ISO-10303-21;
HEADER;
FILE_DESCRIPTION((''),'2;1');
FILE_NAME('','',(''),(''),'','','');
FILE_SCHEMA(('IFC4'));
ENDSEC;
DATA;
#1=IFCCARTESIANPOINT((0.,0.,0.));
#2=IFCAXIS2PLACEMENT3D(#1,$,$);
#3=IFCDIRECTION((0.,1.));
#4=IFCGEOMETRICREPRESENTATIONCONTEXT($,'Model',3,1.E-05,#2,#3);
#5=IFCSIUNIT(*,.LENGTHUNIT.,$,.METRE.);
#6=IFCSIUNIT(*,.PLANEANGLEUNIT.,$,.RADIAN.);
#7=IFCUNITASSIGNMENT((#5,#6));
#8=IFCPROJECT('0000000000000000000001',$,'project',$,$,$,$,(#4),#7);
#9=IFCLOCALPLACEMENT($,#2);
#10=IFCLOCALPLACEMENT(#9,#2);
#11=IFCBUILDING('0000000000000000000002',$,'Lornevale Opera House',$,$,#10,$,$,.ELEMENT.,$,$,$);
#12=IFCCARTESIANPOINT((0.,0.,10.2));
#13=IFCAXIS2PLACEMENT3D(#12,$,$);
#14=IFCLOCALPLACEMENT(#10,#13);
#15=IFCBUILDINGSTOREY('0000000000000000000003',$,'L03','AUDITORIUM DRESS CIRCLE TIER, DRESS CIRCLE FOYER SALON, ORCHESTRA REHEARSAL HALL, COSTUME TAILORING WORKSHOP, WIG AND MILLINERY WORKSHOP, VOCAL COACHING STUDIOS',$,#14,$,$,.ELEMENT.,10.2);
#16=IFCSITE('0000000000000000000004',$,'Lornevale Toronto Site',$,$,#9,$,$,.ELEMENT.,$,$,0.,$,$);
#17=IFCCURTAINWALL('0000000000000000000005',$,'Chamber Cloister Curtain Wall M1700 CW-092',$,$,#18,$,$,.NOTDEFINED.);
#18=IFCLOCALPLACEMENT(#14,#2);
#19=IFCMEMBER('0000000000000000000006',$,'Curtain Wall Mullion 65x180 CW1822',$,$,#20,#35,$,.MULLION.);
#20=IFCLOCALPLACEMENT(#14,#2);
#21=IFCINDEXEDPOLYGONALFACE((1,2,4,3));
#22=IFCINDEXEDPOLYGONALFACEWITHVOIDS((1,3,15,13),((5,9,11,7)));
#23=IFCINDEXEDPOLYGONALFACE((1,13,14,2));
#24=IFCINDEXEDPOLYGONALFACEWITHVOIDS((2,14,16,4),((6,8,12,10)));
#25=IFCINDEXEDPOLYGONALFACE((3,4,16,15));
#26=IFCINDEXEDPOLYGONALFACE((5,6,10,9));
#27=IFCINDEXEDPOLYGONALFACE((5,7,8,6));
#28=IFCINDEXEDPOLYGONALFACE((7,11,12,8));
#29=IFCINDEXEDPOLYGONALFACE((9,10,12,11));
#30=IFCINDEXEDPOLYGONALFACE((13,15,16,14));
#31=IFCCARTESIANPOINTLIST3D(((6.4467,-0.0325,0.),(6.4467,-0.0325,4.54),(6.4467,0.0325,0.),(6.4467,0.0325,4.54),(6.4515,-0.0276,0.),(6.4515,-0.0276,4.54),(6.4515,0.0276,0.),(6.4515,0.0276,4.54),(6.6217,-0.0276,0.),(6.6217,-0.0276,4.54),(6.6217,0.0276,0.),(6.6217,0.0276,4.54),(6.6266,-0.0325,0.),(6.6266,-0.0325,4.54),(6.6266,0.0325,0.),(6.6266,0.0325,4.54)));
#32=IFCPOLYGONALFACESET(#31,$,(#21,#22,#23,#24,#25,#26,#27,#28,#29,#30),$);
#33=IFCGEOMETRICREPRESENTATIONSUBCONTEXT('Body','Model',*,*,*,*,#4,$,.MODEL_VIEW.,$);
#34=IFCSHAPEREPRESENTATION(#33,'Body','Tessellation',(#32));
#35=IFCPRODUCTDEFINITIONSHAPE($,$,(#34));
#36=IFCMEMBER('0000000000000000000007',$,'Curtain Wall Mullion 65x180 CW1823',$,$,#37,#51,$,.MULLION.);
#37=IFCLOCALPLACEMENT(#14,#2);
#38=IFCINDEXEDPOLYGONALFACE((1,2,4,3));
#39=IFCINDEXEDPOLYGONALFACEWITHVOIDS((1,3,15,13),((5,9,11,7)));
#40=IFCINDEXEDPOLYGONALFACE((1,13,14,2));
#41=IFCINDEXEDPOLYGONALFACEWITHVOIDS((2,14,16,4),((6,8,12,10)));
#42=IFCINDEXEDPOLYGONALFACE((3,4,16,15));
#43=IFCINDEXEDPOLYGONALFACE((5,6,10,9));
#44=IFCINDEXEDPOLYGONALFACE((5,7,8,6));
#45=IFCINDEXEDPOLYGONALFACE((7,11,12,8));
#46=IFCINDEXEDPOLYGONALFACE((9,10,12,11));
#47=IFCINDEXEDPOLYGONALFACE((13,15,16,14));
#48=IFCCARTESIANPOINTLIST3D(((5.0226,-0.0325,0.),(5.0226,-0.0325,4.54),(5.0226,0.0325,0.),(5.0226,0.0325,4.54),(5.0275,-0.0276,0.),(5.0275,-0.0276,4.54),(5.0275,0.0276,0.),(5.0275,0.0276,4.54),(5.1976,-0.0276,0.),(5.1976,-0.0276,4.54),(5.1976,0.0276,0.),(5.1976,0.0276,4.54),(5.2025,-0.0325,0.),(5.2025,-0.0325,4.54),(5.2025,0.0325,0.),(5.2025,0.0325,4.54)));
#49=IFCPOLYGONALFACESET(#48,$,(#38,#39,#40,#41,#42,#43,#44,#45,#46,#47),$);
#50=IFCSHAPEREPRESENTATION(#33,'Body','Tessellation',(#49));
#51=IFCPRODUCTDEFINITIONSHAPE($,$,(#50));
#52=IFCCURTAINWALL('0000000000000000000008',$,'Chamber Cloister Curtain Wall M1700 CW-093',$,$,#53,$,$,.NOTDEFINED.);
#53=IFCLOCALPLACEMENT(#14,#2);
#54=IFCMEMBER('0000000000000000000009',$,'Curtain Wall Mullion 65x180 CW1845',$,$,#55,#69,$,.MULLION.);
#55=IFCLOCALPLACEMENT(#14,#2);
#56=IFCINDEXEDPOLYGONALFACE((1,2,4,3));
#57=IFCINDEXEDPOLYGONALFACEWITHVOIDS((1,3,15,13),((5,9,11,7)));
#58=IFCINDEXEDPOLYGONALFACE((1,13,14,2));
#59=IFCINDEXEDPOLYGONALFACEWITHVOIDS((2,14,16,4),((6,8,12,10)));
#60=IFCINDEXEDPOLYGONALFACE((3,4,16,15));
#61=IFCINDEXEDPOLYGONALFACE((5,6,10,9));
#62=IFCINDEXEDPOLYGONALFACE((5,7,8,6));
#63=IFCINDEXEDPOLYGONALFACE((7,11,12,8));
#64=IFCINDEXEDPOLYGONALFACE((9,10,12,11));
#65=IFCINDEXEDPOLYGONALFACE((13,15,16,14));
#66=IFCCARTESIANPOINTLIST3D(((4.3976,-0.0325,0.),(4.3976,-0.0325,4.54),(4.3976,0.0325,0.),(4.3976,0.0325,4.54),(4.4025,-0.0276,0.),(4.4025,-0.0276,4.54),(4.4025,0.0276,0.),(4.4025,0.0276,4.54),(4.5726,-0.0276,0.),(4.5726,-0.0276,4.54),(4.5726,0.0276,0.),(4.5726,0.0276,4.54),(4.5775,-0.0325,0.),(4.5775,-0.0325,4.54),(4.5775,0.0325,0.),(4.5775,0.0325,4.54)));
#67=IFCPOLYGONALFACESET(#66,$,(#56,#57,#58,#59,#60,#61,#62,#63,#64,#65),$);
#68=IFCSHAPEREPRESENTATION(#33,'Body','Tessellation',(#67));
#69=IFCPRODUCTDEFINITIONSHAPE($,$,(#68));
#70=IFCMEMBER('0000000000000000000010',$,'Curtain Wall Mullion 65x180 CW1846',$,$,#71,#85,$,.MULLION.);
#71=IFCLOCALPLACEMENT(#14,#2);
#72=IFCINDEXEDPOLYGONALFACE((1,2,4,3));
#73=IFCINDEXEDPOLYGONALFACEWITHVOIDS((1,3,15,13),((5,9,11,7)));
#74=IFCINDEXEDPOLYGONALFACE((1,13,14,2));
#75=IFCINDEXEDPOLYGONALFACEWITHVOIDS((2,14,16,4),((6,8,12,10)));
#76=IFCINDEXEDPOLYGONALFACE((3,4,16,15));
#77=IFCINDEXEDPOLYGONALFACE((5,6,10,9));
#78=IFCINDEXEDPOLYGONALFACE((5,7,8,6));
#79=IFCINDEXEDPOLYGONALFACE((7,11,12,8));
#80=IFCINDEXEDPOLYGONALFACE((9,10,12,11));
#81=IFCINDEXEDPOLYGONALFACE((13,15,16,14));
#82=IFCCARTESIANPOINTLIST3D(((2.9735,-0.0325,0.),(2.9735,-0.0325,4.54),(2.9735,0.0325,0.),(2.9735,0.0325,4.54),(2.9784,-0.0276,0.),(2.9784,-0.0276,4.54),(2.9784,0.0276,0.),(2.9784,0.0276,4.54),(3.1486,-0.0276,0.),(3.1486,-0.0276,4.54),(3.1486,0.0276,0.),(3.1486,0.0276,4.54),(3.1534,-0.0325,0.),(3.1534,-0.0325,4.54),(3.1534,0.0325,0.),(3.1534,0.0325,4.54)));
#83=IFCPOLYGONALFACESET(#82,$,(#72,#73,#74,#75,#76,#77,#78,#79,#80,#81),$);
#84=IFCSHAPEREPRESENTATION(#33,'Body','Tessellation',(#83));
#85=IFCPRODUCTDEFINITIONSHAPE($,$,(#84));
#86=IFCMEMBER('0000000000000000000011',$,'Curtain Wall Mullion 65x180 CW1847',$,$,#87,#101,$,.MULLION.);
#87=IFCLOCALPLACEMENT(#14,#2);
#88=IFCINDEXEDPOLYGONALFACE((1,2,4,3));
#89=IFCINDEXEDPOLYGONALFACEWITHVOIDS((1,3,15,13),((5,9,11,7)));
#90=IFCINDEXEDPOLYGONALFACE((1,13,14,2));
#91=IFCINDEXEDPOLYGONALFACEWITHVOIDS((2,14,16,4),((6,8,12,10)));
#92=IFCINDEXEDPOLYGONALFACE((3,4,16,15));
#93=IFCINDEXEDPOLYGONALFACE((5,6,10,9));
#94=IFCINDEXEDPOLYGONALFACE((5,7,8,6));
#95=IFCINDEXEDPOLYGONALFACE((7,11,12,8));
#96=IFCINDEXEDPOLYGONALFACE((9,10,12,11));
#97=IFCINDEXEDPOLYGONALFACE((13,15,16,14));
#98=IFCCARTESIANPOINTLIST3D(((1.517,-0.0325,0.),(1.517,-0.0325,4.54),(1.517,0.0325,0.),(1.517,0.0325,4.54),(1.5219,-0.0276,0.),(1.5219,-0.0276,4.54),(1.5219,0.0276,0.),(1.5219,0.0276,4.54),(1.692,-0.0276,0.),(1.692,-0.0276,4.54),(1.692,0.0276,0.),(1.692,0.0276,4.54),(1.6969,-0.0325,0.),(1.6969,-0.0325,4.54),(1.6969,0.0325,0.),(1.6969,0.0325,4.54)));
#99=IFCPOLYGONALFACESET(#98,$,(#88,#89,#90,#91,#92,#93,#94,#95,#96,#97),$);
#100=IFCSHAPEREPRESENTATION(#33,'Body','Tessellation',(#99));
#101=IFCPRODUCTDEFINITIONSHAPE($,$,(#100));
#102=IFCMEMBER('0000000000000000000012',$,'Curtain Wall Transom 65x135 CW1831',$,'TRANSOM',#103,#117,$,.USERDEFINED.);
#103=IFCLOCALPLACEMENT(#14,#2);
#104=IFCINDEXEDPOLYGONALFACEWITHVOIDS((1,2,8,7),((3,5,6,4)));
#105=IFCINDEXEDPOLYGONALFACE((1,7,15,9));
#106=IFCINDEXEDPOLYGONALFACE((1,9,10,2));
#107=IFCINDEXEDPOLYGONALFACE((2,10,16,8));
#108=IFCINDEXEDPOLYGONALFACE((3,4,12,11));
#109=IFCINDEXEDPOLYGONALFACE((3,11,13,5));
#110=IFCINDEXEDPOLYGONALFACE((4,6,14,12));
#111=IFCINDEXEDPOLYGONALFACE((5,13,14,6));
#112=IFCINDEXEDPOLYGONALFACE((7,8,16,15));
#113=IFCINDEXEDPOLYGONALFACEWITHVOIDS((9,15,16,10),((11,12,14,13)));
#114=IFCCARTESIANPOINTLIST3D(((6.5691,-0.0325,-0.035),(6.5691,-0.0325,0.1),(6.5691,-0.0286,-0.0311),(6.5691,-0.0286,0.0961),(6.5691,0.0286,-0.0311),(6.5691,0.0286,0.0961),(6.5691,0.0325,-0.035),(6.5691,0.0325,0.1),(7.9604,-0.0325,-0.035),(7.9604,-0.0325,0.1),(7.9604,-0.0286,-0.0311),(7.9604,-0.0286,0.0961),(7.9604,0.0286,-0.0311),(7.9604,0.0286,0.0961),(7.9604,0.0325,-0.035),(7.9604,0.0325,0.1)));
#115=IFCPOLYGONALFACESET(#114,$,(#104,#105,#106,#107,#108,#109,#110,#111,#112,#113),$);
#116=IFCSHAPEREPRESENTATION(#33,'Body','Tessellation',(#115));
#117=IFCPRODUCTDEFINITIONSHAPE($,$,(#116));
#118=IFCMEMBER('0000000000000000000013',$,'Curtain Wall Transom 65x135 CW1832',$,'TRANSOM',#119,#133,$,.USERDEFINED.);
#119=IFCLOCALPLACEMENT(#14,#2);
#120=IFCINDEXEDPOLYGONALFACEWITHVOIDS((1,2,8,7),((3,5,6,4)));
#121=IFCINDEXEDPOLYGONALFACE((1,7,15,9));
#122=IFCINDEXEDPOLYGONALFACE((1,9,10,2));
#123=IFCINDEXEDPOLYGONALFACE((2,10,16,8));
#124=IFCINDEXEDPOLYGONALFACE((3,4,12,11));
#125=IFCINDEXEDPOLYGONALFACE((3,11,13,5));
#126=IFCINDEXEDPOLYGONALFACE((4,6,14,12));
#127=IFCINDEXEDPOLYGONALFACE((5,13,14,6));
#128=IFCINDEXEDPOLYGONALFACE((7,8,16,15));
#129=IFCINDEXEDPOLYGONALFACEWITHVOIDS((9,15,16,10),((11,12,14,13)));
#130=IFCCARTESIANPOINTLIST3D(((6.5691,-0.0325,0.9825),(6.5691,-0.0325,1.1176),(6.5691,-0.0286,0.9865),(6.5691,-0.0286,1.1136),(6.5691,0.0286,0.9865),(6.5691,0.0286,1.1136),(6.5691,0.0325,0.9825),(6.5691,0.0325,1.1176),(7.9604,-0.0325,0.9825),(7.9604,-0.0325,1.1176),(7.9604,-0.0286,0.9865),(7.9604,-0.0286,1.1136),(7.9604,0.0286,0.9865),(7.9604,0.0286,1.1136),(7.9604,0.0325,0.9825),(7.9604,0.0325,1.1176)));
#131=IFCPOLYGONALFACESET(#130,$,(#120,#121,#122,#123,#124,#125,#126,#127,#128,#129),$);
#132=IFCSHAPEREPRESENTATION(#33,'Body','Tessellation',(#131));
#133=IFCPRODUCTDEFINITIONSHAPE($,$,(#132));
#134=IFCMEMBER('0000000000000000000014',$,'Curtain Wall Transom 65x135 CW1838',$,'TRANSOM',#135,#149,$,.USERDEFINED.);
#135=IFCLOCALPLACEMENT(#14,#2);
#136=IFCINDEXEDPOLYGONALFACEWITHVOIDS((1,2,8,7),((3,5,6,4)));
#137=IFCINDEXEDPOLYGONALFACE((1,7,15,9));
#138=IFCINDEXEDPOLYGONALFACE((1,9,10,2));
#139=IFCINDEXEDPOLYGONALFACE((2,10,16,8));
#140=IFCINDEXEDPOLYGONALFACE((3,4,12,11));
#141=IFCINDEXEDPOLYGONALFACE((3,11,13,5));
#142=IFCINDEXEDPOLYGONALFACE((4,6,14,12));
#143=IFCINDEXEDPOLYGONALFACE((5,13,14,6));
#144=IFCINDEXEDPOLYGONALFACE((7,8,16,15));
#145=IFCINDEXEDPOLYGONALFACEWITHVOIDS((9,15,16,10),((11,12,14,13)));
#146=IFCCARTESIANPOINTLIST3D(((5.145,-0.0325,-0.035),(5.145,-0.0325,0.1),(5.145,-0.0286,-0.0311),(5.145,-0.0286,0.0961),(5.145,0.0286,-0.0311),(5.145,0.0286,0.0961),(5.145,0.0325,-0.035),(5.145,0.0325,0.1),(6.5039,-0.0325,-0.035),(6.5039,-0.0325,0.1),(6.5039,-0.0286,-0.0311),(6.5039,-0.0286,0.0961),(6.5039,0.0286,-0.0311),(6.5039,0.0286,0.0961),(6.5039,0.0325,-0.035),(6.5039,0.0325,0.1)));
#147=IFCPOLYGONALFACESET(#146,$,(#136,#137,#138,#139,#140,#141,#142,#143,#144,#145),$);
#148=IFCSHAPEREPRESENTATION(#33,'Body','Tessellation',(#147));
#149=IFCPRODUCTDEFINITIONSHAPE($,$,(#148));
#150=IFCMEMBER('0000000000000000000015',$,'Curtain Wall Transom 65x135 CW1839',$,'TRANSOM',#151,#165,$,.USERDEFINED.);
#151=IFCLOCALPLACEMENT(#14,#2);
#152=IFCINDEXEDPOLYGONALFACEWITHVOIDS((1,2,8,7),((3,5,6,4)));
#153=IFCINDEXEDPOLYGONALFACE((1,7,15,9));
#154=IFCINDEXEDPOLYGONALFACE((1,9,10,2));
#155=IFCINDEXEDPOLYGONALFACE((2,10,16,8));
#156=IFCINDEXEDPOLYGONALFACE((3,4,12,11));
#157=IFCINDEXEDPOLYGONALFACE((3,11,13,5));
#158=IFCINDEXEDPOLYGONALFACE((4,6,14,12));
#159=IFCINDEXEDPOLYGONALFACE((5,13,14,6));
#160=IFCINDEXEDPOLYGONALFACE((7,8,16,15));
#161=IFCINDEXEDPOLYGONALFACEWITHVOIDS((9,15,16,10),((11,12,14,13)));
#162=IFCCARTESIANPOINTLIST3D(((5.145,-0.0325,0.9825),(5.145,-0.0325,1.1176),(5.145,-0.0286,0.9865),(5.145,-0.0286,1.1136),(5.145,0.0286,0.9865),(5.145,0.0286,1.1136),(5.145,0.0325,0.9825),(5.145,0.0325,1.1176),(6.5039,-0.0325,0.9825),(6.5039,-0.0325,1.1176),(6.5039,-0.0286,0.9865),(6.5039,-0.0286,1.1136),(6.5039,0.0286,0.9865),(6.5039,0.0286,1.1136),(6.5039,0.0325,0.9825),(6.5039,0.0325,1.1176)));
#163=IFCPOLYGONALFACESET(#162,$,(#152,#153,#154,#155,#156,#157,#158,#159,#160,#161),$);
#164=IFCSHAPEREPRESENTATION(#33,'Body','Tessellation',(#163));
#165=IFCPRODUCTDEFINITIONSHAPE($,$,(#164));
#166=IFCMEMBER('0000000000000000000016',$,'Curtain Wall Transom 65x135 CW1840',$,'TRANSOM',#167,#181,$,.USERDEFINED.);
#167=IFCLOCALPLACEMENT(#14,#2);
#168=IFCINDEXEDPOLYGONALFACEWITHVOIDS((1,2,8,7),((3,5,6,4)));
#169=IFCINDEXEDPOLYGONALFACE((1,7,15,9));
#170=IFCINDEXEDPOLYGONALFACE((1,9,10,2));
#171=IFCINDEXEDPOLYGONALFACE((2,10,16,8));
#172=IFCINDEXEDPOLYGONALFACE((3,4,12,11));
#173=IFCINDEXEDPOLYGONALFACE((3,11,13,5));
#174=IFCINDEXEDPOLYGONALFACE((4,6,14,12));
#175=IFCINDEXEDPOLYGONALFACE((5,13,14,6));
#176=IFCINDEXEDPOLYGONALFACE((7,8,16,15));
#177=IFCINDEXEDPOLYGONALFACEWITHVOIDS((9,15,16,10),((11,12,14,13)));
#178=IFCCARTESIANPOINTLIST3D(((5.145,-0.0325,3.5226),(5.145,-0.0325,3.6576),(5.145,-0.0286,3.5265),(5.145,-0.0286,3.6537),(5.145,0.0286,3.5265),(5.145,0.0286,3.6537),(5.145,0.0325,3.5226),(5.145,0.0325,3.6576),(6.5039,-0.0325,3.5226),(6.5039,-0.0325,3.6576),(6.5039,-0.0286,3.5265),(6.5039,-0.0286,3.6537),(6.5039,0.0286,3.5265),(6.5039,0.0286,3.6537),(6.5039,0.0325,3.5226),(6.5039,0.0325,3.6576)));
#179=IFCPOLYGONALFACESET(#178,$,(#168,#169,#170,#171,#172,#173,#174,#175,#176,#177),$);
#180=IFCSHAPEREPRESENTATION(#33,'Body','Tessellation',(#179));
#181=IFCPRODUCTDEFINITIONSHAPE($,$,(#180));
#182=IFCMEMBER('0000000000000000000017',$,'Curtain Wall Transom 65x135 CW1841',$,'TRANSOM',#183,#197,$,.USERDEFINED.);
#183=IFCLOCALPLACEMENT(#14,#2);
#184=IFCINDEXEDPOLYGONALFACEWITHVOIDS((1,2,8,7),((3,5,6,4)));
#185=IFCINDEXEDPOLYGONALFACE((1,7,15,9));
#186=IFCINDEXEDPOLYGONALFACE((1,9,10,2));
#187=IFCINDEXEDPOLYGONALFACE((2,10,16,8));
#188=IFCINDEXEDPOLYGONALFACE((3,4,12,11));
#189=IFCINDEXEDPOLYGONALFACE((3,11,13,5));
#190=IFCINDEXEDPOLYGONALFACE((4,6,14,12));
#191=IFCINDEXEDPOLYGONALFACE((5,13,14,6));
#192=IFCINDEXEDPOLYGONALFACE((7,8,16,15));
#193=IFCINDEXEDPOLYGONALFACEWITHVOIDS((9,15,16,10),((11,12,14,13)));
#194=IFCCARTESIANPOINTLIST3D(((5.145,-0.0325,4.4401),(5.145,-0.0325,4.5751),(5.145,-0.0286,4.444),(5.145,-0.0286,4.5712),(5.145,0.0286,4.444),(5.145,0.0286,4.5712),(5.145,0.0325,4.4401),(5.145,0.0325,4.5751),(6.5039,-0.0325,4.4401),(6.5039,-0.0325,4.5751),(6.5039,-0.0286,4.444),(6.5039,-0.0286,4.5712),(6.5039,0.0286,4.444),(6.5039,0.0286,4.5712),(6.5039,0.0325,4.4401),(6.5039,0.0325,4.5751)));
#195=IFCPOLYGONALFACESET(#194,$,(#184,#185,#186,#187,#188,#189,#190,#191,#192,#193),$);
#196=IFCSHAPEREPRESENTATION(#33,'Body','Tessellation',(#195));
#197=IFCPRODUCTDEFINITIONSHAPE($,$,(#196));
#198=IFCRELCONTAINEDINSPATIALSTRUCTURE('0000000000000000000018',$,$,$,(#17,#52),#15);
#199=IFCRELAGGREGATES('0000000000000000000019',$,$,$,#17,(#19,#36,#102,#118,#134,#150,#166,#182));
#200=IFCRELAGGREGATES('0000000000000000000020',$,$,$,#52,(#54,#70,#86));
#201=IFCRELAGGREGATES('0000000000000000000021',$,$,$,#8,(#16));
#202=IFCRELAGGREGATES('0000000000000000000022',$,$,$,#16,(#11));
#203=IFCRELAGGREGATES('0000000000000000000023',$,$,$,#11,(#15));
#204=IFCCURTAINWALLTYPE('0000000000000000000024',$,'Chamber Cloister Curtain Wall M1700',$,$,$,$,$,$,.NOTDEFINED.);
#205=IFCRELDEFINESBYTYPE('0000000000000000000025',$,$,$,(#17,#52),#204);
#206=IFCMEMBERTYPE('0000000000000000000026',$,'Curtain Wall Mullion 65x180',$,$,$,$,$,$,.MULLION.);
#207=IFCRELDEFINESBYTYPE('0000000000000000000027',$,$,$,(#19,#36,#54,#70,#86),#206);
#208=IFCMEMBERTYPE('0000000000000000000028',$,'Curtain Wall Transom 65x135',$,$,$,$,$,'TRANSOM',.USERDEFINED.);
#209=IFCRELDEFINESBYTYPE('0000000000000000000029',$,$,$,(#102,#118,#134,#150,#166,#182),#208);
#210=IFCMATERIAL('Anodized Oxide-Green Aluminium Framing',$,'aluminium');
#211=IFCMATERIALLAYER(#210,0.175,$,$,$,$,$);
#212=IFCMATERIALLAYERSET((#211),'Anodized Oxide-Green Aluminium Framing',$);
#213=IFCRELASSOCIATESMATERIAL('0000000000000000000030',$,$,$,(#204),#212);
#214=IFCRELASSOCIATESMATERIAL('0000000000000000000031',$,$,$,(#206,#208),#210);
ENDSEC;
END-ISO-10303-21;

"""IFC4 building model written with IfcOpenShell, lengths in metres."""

from ifc_helpers import new_model, si_unit, direction, frame, origin, origin_2d, place, context, subcontext, project, spatial, hollow_rectangle, extrude, material, layer, layer_set, material_profile, profile_set, type_object, element, aggregate, save


model = new_model("IFC4")

# Units and contexts
model_context = context("Model", 3, precision=1e-05, world=origin(), true_north=direction((0.0, 1.0)))
body_context = subcontext(model_context, "Body", "Model", "MODEL_VIEW")
ifc_project = project(units=[si_unit("LENGTHUNIT", "METRE"), si_unit("PLANEANGLEUNIT", "RADIAN")], contexts=[model_context])

# Site, building, storey
site_placement = place(None, origin())
site = spatial("IfcSite", under=ifc_project, at=site_placement, Name="Lornevale Toronto Site", CompositionType="ELEMENT", RefElevation=0.0)
building_placement = place(site_placement, origin())
building = spatial("IfcBuilding", under=site, at=building_placement, Name="Lornevale Opera House", CompositionType="ELEMENT")
storey_placement = place(building_placement, frame((0.0, 0.0, 10.2)))
storey = spatial("IfcBuildingStorey", under=building, at=storey_placement, Name="L03", Description="AUDITORIUM DRESS CIRCLE TIER, DRESS CIRCLE FOYER SALON, ORCHESTRA REHEARSAL HALL, COSTUME TAILORING WORKSHOP, WIG AND MILLINERY WORKSHOP, VOCAL COACHING STUDIOS", CompositionType="ELEMENT", Elevation=10.2)

# Curtain walls, members
ifc_material_1 = material(Name="Anodized Oxide-Green Aluminium Framing", Category="aluminium")
ifc_layer_1 = layer(ifc_material_1, 0.175)
ifc_layer_set_1 = layer_set([ifc_layer_1], Name="Anodized Oxide-Green Aluminium Framing")
curtain_wall_type = type_object("IfcCurtainWallType", Name="Chamber Cloister Curtain Wall M1700", PredefinedType="NOTDEFINED", material=ifc_layer_set_1)
curtain_wall_1_placement = place(storey_placement, origin())
curtain_wall_1 = element("IfcCurtainWall", 1, at=curtain_wall_1_placement, inside=storey, type_object=curtain_wall_type, Name="Chamber Cloister Curtain Wall M1700 CW-092", PredefinedType="NOTDEFINED")
ifc_material_profile_1 = material_profile(ifc_material_1, hollow_rectangle(XDim=0.0649, YDim=0.1799, WallThickness=0.0049, at=origin_2d()), Name="ALU65x180x5")
ifc_profile_set_1 = profile_set([ifc_material_profile_1], Name="Anodized Oxide-Green Aluminium Framing")
member_type_1 = type_object("IfcMemberType", Name="Curtain Wall Mullion 65x180", PredefinedType="MULLION", material=ifc_profile_set_1)
member_1_placement = place(storey_placement, frame((6.5366, 0.0, 0.0), z_axis=(0.0, 0.0, 1.0), x_axis=(0.0, -1.0, 0.0)))
member_1 = element("IfcMember", 2, at=member_1_placement, type_object=member_type_1, Name="Curtain Wall Mullion 65x180 CW1822", PredefinedType="MULLION", context=body_context, shape_type="SweptSolid", body=[
    extrude(hollow_rectangle(XDim=0.0649, YDim=0.1799, WallThickness=0.0049, at=origin_2d()), origin(), (0.0, 0.0, 1.0), 4.54),
])
member_2_placement = place(storey_placement, frame((5.1125, 0.0, 0.0), z_axis=(0.0, 0.0, 1.0), x_axis=(0.0, -1.0, 0.0)))
member_2 = element("IfcMember", 3, at=member_2_placement, type_object=member_type_1, Name="Curtain Wall Mullion 65x180 CW1823", PredefinedType="MULLION", context=body_context, shape_type="SweptSolid", body=[
    extrude(hollow_rectangle(XDim=0.0649, YDim=0.1799, WallThickness=0.0049, at=origin_2d()), origin(), (0.0, 0.0, 1.0), 4.54),
])
curtain_wall_2_placement = place(storey_placement, origin())
curtain_wall_2 = element("IfcCurtainWall", 4, at=curtain_wall_2_placement, inside=storey, type_object=curtain_wall_type, Name="Chamber Cloister Curtain Wall M1700 CW-093", PredefinedType="NOTDEFINED")
member_3_placement = place(storey_placement, frame((4.4875, 0.0, 0.0), z_axis=(0.0, 0.0, 1.0), x_axis=(0.0, -1.0, 0.0)))
member_3 = element("IfcMember", 5, at=member_3_placement, type_object=member_type_1, Name="Curtain Wall Mullion 65x180 CW1845", PredefinedType="MULLION", context=body_context, shape_type="SweptSolid", body=[
    extrude(hollow_rectangle(XDim=0.0649, YDim=0.1799, WallThickness=0.0049, at=origin_2d()), origin(), (0.0, 0.0, 1.0), 4.54),
])
member_4_placement = place(storey_placement, frame((3.0635, 0.0, 0.0), z_axis=(0.0, 0.0, 1.0), x_axis=(0.0, -1.0, 0.0)))
member_4 = element("IfcMember", 6, at=member_4_placement, type_object=member_type_1, Name="Curtain Wall Mullion 65x180 CW1846", PredefinedType="MULLION", context=body_context, shape_type="SweptSolid", body=[
    extrude(hollow_rectangle(XDim=0.0649, YDim=0.1799, WallThickness=0.0049, at=origin_2d()), origin(), (0.0, 0.0, 1.0), 4.54),
])
member_5_placement = place(storey_placement, frame((1.6069, 0.0, 0.0), z_axis=(0.0, 0.0, 1.0), x_axis=(0.0, -1.0, 0.0)))
member_5 = element("IfcMember", 7, at=member_5_placement, type_object=member_type_1, Name="Curtain Wall Mullion 65x180 CW1847", PredefinedType="MULLION", context=body_context, shape_type="SweptSolid", body=[
    extrude(hollow_rectangle(XDim=0.0649, YDim=0.1799, WallThickness=0.0049, at=origin_2d()), origin(), (0.0, 0.0, 1.0), 4.54),
])

# Members
ifc_material_profile_2 = material_profile(ifc_material_1, hollow_rectangle(XDim=0.0649, YDim=0.135, WallThickness=0.0039, at=origin_2d()), Name="ALU65x135x4")
ifc_profile_set_2 = profile_set([ifc_material_profile_2], Name="Anodized Oxide-Green Aluminium Framing")
member_type_2 = type_object("IfcMemberType", Name="Curtain Wall Transom 65x135", ElementType="TRANSOM", PredefinedType="USERDEFINED", material=ifc_profile_set_2)
member_6_placement = place(storey_placement, frame((7.9604, 0.0, 0.0325), z_axis=(-1.0, 0.0, 0.0), x_axis=(0.0, -1.0, 0.0)))
member_6 = element("IfcMember", 8, at=member_6_placement, type_object=member_type_2, Name="Curtain Wall Transom 65x135 CW1831", ObjectType="TRANSOM", PredefinedType="USERDEFINED", context=body_context, shape_type="SweptSolid", body=[
    extrude(hollow_rectangle(XDim=0.0649, YDim=0.135, WallThickness=0.0039, at=origin_2d()), origin(), (0.0, 0.0, 1.0), 1.3914),
])
member_7_placement = place(storey_placement, frame((7.9604, 0.0, 1.05), z_axis=(-1.0, 0.0, 0.0), x_axis=(0.0, -1.0, 0.0)))
member_7 = element("IfcMember", 9, at=member_7_placement, type_object=member_type_2, Name="Curtain Wall Transom 65x135 CW1832", ObjectType="TRANSOM", PredefinedType="USERDEFINED", context=body_context, shape_type="SweptSolid", body=[
    extrude(hollow_rectangle(XDim=0.0649, YDim=0.135, WallThickness=0.0039, at=origin_2d()), origin(), (0.0, 0.0, 1.0), 1.3914),
])
member_8_placement = place(storey_placement, frame((6.5039, 0.0, 0.0325), z_axis=(-1.0, 0.0, 0.0), x_axis=(0.0, -1.0, 0.0)))
member_8 = element("IfcMember", 10, at=member_8_placement, type_object=member_type_2, Name="Curtain Wall Transom 65x135 CW1838", ObjectType="TRANSOM", PredefinedType="USERDEFINED", context=body_context, shape_type="SweptSolid", body=[
    extrude(hollow_rectangle(XDim=0.0649, YDim=0.135, WallThickness=0.0039, at=origin_2d()), origin(), (0.0, 0.0, 1.0), 1.3589),
])
member_9_placement = place(storey_placement, frame((6.5039, 0.0, 1.05), z_axis=(-1.0, 0.0, 0.0), x_axis=(0.0, -1.0, 0.0)))
member_9 = element("IfcMember", 11, at=member_9_placement, type_object=member_type_2, Name="Curtain Wall Transom 65x135 CW1839", ObjectType="TRANSOM", PredefinedType="USERDEFINED", context=body_context, shape_type="SweptSolid", body=[
    extrude(hollow_rectangle(XDim=0.0649, YDim=0.135, WallThickness=0.0039, at=origin_2d()), origin(), (0.0, 0.0, 1.0), 1.3589),
])
member_10_placement = place(storey_placement, frame((6.5039, 0.0, 3.5901), z_axis=(-1.0, 0.0, 0.0), x_axis=(0.0, -1.0, 0.0)))
member_10 = element("IfcMember", 12, at=member_10_placement, type_object=member_type_2, Name="Curtain Wall Transom 65x135 CW1840", ObjectType="TRANSOM", PredefinedType="USERDEFINED", context=body_context, shape_type="SweptSolid", body=[
    extrude(hollow_rectangle(XDim=0.0649, YDim=0.135, WallThickness=0.0039, at=origin_2d()), origin(), (0.0, 0.0, 1.0), 1.3589),
])
member_11_placement = place(storey_placement, frame((6.5039, 0.0, 4.5076), z_axis=(-1.0, 0.0, 0.0), x_axis=(0.0, -1.0, 0.0)))
member_11 = element("IfcMember", 13, at=member_11_placement, type_object=member_type_2, Name="Curtain Wall Transom 65x135 CW1841", ObjectType="TRANSOM", PredefinedType="USERDEFINED", context=body_context, shape_type="SweptSolid", body=[
    extrude(hollow_rectangle(XDim=0.0649, YDim=0.135, WallThickness=0.0039, at=origin_2d()), origin(), (0.0, 0.0, 1.0), 1.3589),
])

aggregate(curtain_wall_1, [member_1, member_2, member_6, member_7, member_8, member_9, member_10, member_11])
aggregate(curtain_wall_2, [member_3, member_4, member_5])

save(model, "model.ifc")
